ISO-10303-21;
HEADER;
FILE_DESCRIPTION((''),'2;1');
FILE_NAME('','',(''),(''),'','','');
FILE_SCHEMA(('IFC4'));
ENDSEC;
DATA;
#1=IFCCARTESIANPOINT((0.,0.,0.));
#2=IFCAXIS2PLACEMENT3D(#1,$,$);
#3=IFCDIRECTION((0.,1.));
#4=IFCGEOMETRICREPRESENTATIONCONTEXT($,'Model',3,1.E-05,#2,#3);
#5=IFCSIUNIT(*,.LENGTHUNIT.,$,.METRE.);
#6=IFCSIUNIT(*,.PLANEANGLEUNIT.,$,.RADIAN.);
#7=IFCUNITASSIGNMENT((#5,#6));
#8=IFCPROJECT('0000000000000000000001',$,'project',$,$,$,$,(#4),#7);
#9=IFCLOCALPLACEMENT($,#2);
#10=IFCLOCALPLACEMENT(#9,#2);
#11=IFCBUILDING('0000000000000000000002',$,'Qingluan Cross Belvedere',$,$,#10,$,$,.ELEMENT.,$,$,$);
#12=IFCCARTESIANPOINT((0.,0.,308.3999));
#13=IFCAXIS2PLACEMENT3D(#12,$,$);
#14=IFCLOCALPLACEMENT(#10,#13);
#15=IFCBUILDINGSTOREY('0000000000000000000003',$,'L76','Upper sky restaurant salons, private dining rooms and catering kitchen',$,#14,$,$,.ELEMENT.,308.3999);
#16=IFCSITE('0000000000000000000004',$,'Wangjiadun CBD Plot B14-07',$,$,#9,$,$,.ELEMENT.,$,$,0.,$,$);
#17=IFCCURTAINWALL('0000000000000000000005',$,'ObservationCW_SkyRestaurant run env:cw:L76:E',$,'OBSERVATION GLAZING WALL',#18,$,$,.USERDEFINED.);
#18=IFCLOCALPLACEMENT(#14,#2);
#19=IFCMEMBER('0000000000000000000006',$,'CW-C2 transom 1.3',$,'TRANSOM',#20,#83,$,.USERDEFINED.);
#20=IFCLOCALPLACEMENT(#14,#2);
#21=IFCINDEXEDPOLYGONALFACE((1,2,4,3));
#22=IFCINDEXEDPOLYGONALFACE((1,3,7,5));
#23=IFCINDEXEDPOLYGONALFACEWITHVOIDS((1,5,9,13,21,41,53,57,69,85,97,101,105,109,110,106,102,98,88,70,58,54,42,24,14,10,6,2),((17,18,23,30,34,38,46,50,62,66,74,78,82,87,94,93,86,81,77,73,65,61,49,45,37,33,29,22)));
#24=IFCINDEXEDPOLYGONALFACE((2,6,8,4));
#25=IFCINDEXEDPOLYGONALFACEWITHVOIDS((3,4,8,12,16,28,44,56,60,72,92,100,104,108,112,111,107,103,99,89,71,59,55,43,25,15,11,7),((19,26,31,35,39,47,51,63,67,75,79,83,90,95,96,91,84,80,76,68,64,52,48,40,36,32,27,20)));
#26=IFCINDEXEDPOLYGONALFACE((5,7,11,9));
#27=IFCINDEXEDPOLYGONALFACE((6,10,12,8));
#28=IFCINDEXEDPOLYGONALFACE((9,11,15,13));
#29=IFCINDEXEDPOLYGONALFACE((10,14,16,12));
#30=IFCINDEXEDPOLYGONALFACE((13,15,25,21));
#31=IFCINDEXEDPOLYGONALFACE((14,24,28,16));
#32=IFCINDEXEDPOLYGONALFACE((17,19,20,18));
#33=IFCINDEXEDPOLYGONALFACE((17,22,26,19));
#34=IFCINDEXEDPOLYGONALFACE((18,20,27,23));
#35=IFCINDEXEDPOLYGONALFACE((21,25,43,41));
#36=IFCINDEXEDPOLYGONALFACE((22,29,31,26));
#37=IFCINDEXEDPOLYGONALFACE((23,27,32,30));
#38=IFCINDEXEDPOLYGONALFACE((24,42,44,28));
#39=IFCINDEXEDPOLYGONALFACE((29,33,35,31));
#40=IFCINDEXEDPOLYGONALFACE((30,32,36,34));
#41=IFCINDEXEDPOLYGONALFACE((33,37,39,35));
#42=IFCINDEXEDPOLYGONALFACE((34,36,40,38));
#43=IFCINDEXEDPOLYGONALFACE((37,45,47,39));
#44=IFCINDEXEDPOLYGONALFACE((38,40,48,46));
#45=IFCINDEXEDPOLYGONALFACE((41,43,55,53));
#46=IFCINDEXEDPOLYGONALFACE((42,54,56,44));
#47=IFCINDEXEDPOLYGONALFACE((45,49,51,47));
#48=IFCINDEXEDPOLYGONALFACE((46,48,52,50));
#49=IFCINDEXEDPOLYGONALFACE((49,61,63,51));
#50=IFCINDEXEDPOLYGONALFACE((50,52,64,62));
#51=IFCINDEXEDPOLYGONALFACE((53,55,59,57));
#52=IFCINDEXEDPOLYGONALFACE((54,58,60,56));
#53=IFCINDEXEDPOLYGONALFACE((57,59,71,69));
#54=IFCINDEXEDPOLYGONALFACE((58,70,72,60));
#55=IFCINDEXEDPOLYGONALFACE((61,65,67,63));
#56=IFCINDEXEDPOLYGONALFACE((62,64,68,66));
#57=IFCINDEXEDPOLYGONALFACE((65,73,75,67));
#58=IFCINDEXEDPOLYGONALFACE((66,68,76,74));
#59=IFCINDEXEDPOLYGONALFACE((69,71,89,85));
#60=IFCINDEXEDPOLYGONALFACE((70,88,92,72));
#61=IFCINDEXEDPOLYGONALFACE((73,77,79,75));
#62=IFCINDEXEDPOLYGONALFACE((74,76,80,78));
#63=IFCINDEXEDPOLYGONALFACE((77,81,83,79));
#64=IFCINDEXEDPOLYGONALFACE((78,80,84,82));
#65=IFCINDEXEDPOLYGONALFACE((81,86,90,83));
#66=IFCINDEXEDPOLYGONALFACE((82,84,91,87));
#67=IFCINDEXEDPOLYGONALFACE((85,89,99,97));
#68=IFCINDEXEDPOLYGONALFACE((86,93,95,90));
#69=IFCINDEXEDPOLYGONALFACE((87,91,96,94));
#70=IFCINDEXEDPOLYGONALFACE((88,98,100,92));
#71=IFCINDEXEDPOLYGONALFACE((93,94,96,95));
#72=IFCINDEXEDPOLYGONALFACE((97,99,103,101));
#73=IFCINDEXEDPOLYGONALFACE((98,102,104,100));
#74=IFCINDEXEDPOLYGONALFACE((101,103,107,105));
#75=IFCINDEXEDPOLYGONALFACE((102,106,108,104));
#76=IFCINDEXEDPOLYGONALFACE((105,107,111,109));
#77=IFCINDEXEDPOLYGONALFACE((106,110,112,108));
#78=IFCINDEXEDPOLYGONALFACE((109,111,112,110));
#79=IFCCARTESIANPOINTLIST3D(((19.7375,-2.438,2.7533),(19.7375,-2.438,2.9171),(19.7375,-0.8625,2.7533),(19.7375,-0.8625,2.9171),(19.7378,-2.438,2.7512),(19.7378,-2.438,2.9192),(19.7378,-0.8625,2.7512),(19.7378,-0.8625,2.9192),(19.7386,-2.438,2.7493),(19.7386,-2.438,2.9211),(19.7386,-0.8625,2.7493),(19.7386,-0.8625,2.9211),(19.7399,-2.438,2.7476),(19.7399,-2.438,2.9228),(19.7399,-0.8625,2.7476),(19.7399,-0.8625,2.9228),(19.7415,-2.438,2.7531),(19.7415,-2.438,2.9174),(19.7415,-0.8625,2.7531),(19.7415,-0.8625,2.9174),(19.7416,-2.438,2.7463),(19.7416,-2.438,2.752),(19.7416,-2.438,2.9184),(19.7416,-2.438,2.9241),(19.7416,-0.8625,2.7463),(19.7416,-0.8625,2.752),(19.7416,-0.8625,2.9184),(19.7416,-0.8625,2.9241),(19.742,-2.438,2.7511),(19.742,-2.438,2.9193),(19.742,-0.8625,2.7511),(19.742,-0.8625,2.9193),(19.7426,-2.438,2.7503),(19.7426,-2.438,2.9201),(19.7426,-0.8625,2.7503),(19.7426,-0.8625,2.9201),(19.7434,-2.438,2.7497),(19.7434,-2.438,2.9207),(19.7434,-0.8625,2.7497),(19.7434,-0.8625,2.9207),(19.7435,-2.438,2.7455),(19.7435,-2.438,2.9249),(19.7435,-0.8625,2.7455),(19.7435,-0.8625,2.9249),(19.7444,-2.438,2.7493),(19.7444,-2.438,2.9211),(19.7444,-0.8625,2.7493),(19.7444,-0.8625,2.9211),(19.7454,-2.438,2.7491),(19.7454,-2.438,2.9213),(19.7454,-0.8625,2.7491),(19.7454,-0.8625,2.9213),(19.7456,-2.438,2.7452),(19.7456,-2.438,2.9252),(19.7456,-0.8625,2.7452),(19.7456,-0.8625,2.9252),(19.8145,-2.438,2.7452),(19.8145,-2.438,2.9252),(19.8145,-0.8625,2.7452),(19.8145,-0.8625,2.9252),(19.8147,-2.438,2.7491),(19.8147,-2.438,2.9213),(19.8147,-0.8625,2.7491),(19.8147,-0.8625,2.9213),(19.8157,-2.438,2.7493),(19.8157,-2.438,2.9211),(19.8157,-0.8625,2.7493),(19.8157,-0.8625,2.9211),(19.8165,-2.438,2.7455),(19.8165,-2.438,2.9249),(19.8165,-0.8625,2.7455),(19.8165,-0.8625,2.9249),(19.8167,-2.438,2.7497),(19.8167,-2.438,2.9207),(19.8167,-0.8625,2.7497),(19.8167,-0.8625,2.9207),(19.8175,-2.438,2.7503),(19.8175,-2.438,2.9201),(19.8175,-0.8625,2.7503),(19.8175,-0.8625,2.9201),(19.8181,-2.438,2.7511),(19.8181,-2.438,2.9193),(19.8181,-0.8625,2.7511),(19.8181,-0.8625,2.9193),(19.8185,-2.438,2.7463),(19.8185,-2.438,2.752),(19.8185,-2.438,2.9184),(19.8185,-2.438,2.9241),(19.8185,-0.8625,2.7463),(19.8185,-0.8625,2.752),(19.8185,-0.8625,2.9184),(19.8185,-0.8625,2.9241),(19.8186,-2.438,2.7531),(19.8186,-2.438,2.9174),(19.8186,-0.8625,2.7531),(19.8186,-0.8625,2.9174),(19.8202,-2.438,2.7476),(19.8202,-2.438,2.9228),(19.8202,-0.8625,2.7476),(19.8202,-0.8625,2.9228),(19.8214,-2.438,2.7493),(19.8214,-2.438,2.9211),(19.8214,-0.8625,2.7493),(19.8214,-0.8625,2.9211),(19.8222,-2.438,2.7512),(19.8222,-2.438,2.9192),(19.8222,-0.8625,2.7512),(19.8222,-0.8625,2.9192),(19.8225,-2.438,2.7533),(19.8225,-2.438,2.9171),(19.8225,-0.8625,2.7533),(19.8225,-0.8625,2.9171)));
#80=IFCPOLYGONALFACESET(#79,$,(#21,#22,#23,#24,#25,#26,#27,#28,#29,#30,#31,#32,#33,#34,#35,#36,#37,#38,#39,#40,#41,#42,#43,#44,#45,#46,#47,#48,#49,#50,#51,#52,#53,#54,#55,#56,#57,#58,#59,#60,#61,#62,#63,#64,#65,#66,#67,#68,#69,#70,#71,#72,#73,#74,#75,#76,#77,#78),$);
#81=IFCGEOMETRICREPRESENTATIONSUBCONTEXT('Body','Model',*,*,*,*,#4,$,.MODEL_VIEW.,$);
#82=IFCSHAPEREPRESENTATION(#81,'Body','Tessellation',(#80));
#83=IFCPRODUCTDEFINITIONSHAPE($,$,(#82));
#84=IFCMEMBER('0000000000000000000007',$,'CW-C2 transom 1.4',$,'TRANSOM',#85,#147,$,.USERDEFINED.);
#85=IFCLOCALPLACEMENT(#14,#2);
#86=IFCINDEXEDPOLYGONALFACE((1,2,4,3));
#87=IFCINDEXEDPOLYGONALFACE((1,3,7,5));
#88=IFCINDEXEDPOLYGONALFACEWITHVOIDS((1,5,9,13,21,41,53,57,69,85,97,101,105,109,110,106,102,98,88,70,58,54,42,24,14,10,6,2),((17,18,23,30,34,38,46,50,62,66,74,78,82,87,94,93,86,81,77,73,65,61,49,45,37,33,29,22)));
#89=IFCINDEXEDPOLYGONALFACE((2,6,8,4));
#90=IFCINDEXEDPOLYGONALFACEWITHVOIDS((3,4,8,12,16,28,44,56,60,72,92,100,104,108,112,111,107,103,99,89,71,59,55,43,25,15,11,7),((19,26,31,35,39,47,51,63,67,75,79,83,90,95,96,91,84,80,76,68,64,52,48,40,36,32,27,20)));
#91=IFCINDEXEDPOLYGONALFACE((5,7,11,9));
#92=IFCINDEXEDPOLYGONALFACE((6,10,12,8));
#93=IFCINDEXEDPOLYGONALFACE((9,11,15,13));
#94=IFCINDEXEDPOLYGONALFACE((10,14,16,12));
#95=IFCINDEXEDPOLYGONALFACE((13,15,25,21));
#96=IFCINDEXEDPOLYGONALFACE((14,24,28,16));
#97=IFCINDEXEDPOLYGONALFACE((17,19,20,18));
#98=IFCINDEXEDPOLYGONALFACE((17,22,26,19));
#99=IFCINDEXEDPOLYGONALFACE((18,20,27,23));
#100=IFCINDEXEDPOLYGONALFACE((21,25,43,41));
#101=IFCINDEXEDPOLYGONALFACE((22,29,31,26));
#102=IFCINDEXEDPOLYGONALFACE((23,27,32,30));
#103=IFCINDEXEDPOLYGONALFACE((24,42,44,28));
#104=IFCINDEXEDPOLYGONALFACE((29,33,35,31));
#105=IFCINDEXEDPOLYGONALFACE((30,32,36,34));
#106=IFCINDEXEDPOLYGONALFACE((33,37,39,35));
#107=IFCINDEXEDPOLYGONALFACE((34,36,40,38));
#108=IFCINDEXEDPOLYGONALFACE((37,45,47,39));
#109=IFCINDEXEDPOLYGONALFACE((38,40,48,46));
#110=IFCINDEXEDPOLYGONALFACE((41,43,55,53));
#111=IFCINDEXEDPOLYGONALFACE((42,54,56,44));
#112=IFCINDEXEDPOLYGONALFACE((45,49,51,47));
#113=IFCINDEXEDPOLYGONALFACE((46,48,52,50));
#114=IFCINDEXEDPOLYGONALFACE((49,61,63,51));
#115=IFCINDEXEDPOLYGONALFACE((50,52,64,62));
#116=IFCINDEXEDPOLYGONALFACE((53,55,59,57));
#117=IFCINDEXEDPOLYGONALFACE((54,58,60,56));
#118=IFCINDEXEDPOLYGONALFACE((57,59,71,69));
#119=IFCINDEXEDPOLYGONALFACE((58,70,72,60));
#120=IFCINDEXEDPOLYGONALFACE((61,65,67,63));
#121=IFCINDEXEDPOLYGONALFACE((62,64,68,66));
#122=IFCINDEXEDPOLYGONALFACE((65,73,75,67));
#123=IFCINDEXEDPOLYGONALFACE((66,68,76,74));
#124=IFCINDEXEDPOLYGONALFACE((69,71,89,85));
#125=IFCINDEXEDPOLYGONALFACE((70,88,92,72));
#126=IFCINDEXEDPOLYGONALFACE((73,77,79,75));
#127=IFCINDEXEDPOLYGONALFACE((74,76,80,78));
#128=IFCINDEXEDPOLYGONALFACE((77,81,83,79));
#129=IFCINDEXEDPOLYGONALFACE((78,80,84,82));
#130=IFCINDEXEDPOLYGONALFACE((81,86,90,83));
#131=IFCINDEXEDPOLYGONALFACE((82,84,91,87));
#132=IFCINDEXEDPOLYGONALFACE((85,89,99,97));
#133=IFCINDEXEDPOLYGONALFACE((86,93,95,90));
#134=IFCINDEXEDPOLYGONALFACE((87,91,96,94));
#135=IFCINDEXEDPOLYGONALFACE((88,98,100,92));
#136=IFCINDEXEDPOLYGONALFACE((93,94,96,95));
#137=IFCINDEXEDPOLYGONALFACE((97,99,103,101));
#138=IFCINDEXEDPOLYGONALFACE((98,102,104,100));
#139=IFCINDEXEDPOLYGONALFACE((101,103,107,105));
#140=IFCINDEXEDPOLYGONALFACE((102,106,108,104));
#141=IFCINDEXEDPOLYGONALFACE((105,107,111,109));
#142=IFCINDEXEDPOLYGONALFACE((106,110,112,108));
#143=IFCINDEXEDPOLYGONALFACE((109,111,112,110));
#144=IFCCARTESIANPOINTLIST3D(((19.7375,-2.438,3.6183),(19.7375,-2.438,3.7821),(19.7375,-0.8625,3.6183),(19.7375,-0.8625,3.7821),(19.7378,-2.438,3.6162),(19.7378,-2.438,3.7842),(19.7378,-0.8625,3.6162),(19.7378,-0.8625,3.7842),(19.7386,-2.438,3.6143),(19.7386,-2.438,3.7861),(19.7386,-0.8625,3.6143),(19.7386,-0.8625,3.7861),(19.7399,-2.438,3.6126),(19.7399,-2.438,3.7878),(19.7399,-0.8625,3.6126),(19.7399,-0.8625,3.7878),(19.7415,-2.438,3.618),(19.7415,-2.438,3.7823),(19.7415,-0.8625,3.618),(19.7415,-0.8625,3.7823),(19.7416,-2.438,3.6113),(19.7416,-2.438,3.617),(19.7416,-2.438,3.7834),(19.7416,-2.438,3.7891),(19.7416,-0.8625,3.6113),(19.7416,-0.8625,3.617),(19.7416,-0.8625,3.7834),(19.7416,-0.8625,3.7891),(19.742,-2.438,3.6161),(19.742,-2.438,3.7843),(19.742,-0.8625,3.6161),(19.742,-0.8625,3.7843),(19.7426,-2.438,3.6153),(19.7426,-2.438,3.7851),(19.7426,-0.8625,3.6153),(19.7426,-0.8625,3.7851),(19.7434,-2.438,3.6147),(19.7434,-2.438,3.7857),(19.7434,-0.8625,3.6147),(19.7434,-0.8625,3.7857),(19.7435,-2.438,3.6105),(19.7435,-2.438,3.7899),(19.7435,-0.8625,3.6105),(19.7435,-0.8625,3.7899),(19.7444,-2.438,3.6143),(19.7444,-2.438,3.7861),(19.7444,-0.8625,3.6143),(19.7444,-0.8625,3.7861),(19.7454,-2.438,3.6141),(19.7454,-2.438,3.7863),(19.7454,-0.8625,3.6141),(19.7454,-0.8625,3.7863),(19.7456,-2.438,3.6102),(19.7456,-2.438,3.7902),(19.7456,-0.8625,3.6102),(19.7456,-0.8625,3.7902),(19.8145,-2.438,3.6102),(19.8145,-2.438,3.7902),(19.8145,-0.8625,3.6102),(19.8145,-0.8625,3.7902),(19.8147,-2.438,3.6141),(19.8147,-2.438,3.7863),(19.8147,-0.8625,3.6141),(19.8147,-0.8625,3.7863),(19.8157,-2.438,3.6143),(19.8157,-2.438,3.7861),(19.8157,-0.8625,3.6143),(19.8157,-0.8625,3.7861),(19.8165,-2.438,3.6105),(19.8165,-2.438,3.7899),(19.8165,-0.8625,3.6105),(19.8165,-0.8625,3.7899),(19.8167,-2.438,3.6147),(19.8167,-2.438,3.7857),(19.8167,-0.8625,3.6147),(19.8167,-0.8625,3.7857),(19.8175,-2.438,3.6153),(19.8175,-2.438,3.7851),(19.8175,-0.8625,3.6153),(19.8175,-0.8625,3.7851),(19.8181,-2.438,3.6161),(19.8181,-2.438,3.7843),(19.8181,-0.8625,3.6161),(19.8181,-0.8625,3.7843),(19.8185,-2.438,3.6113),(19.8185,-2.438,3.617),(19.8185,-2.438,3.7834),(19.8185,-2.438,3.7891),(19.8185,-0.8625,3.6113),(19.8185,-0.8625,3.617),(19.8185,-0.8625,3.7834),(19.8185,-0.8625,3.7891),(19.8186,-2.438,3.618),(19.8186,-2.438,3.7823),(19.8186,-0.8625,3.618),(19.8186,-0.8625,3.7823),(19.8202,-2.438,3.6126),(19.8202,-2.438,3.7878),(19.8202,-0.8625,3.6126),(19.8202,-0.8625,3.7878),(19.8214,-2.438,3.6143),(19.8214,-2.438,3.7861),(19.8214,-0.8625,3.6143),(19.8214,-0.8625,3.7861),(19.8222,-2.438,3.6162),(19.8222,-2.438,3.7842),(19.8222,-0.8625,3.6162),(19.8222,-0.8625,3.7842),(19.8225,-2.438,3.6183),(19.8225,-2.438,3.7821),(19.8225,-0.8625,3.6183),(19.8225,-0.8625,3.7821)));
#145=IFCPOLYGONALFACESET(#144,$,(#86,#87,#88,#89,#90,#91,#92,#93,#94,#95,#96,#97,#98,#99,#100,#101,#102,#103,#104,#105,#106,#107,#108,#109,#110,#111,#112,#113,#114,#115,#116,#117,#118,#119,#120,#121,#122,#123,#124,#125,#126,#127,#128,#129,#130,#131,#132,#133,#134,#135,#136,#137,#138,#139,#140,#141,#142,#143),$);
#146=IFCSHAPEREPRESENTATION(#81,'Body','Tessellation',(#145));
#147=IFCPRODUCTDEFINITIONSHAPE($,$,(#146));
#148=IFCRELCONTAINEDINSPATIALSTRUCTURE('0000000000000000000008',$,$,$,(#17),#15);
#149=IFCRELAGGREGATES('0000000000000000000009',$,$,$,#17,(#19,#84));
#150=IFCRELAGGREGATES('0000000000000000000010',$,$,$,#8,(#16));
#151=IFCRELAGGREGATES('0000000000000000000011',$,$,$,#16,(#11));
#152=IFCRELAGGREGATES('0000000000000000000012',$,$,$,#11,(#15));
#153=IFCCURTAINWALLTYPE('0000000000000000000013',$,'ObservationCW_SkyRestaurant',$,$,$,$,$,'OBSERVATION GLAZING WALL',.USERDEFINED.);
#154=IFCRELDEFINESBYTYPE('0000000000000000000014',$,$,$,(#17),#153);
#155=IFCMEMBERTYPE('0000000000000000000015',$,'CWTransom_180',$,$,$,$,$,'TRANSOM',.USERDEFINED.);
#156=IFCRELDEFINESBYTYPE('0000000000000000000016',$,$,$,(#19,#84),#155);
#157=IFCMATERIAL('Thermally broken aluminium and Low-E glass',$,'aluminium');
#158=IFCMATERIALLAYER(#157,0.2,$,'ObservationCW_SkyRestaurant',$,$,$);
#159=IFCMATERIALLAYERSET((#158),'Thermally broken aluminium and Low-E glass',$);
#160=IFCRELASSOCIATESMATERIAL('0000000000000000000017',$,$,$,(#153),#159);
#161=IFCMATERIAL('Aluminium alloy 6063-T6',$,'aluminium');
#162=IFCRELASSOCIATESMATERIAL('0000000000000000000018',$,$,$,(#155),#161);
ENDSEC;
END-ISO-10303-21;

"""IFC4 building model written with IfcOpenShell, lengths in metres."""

from ifc_helpers import new_model, si_unit, direction, frame, origin, origin_2d, place, context, subcontext, project, spatial, hollow_rectangle, extrude, material, layer, layer_set, material_profile, profile_set, type_object, element, aggregate, save


model = new_model("IFC4")

# Units and contexts
model_context = context("Model", 3, precision=1e-05, world=origin(), true_north=direction((0.0, 1.0)))
body_context = subcontext(model_context, "Body", "Model", "MODEL_VIEW")
ifc_project = project(units=[si_unit("LENGTHUNIT", "METRE"), si_unit("PLANEANGLEUNIT", "RADIAN")], contexts=[model_context])

# Site, building, storey
site_placement = place(None, origin())
site = spatial("IfcSite", under=ifc_project, at=site_placement, Name="Wangjiadun CBD Plot B14-07", CompositionType="ELEMENT", RefElevation=0.0)
building_placement = place(site_placement, origin())
building = spatial("IfcBuilding", under=site, at=building_placement, Name="Qingluan Cross Belvedere", CompositionType="ELEMENT")
storey_placement = place(building_placement, frame((0.0, 0.0, 308.3999)))
storey = spatial("IfcBuildingStorey", under=building, at=storey_placement, Name="L76", Description="Upper sky restaurant salons, private dining rooms and catering kitchen", CompositionType="ELEMENT", Elevation=308.3999)

# Curtain wall, members
ifc_material_1 = material(Name="Thermally broken aluminium and Low-E glass", Category="aluminium")
ifc_layer_1 = layer(ifc_material_1, 0.2, Name="ObservationCW_SkyRestaurant")
ifc_layer_set_1 = layer_set([ifc_layer_1], Name="Thermally broken aluminium and Low-E glass")
curtain_wall_type = type_object("IfcCurtainWallType", Name="ObservationCW_SkyRestaurant", ElementType="OBSERVATION GLAZING WALL", PredefinedType="USERDEFINED", material=ifc_layer_set_1)
curtain_wall_placement = place(storey_placement, origin())
curtain_wall = element("IfcCurtainWall", 1, at=curtain_wall_placement, inside=storey, type_object=curtain_wall_type, Name="ObservationCW_SkyRestaurant run env:cw:L76:E", ObjectType="OBSERVATION GLAZING WALL", PredefinedType="USERDEFINED")
ifc_material_2 = material(Name="Aluminium alloy 6063-T6", Category="aluminium")
ifc_material_profile_1 = material_profile(ifc_material_2, hollow_rectangle(XDim=0.085, YDim=0.1799, WallThickness=0.0039, InnerFilletRadius=0.0039, OuterFilletRadius=0.0081, at=origin_2d()), Name="CWT180x85x4")
ifc_profile_set_1 = profile_set([ifc_material_profile_1], Name="Aluminium alloy 6063-T6")
member_type_1 = type_object("IfcMemberType", Name="CWTransom_180", ElementType="TRANSOM", PredefinedType="USERDEFINED", material=ifc_profile_set_1)
member_1_placement = place(storey_placement, frame((19.78, -2.438, 2.8352), z_axis=(0.0, 1.0, 0.0), x_axis=(-1.0, 0.0, 0.0)))
member_1 = element("IfcMember", 2, at=member_1_placement, type_object=member_type_1, Name="CW-C2 transom 1.3", ObjectType="TRANSOM", PredefinedType="USERDEFINED", context=body_context, shape_type="SweptSolid", body=[
    extrude(hollow_rectangle(XDim=0.085, YDim=0.1799, WallThickness=0.0039, InnerFilletRadius=0.0039, OuterFilletRadius=0.0081, at=origin_2d()), origin(), (0.0, 0.0, 1.0), 1.5754),
])
member_2_placement = place(storey_placement, frame((19.78, -2.438, 3.7002), z_axis=(0.0, 1.0, 0.0), x_axis=(-1.0, 0.0, 0.0)))
member_2 = element("IfcMember", 3, at=member_2_placement, type_object=member_type_1, Name="CW-C2 transom 1.4", ObjectType="TRANSOM", PredefinedType="USERDEFINED", context=body_context, shape_type="SweptSolid", body=[
    extrude(hollow_rectangle(XDim=0.085, YDim=0.1799, WallThickness=0.0039, InnerFilletRadius=0.0039, OuterFilletRadius=0.0081, at=origin_2d()), origin(), (0.0, 0.0, 1.0), 1.5754),
])
aggregate(curtain_wall, [member_1, member_2])

save(model, "model.ifc")
